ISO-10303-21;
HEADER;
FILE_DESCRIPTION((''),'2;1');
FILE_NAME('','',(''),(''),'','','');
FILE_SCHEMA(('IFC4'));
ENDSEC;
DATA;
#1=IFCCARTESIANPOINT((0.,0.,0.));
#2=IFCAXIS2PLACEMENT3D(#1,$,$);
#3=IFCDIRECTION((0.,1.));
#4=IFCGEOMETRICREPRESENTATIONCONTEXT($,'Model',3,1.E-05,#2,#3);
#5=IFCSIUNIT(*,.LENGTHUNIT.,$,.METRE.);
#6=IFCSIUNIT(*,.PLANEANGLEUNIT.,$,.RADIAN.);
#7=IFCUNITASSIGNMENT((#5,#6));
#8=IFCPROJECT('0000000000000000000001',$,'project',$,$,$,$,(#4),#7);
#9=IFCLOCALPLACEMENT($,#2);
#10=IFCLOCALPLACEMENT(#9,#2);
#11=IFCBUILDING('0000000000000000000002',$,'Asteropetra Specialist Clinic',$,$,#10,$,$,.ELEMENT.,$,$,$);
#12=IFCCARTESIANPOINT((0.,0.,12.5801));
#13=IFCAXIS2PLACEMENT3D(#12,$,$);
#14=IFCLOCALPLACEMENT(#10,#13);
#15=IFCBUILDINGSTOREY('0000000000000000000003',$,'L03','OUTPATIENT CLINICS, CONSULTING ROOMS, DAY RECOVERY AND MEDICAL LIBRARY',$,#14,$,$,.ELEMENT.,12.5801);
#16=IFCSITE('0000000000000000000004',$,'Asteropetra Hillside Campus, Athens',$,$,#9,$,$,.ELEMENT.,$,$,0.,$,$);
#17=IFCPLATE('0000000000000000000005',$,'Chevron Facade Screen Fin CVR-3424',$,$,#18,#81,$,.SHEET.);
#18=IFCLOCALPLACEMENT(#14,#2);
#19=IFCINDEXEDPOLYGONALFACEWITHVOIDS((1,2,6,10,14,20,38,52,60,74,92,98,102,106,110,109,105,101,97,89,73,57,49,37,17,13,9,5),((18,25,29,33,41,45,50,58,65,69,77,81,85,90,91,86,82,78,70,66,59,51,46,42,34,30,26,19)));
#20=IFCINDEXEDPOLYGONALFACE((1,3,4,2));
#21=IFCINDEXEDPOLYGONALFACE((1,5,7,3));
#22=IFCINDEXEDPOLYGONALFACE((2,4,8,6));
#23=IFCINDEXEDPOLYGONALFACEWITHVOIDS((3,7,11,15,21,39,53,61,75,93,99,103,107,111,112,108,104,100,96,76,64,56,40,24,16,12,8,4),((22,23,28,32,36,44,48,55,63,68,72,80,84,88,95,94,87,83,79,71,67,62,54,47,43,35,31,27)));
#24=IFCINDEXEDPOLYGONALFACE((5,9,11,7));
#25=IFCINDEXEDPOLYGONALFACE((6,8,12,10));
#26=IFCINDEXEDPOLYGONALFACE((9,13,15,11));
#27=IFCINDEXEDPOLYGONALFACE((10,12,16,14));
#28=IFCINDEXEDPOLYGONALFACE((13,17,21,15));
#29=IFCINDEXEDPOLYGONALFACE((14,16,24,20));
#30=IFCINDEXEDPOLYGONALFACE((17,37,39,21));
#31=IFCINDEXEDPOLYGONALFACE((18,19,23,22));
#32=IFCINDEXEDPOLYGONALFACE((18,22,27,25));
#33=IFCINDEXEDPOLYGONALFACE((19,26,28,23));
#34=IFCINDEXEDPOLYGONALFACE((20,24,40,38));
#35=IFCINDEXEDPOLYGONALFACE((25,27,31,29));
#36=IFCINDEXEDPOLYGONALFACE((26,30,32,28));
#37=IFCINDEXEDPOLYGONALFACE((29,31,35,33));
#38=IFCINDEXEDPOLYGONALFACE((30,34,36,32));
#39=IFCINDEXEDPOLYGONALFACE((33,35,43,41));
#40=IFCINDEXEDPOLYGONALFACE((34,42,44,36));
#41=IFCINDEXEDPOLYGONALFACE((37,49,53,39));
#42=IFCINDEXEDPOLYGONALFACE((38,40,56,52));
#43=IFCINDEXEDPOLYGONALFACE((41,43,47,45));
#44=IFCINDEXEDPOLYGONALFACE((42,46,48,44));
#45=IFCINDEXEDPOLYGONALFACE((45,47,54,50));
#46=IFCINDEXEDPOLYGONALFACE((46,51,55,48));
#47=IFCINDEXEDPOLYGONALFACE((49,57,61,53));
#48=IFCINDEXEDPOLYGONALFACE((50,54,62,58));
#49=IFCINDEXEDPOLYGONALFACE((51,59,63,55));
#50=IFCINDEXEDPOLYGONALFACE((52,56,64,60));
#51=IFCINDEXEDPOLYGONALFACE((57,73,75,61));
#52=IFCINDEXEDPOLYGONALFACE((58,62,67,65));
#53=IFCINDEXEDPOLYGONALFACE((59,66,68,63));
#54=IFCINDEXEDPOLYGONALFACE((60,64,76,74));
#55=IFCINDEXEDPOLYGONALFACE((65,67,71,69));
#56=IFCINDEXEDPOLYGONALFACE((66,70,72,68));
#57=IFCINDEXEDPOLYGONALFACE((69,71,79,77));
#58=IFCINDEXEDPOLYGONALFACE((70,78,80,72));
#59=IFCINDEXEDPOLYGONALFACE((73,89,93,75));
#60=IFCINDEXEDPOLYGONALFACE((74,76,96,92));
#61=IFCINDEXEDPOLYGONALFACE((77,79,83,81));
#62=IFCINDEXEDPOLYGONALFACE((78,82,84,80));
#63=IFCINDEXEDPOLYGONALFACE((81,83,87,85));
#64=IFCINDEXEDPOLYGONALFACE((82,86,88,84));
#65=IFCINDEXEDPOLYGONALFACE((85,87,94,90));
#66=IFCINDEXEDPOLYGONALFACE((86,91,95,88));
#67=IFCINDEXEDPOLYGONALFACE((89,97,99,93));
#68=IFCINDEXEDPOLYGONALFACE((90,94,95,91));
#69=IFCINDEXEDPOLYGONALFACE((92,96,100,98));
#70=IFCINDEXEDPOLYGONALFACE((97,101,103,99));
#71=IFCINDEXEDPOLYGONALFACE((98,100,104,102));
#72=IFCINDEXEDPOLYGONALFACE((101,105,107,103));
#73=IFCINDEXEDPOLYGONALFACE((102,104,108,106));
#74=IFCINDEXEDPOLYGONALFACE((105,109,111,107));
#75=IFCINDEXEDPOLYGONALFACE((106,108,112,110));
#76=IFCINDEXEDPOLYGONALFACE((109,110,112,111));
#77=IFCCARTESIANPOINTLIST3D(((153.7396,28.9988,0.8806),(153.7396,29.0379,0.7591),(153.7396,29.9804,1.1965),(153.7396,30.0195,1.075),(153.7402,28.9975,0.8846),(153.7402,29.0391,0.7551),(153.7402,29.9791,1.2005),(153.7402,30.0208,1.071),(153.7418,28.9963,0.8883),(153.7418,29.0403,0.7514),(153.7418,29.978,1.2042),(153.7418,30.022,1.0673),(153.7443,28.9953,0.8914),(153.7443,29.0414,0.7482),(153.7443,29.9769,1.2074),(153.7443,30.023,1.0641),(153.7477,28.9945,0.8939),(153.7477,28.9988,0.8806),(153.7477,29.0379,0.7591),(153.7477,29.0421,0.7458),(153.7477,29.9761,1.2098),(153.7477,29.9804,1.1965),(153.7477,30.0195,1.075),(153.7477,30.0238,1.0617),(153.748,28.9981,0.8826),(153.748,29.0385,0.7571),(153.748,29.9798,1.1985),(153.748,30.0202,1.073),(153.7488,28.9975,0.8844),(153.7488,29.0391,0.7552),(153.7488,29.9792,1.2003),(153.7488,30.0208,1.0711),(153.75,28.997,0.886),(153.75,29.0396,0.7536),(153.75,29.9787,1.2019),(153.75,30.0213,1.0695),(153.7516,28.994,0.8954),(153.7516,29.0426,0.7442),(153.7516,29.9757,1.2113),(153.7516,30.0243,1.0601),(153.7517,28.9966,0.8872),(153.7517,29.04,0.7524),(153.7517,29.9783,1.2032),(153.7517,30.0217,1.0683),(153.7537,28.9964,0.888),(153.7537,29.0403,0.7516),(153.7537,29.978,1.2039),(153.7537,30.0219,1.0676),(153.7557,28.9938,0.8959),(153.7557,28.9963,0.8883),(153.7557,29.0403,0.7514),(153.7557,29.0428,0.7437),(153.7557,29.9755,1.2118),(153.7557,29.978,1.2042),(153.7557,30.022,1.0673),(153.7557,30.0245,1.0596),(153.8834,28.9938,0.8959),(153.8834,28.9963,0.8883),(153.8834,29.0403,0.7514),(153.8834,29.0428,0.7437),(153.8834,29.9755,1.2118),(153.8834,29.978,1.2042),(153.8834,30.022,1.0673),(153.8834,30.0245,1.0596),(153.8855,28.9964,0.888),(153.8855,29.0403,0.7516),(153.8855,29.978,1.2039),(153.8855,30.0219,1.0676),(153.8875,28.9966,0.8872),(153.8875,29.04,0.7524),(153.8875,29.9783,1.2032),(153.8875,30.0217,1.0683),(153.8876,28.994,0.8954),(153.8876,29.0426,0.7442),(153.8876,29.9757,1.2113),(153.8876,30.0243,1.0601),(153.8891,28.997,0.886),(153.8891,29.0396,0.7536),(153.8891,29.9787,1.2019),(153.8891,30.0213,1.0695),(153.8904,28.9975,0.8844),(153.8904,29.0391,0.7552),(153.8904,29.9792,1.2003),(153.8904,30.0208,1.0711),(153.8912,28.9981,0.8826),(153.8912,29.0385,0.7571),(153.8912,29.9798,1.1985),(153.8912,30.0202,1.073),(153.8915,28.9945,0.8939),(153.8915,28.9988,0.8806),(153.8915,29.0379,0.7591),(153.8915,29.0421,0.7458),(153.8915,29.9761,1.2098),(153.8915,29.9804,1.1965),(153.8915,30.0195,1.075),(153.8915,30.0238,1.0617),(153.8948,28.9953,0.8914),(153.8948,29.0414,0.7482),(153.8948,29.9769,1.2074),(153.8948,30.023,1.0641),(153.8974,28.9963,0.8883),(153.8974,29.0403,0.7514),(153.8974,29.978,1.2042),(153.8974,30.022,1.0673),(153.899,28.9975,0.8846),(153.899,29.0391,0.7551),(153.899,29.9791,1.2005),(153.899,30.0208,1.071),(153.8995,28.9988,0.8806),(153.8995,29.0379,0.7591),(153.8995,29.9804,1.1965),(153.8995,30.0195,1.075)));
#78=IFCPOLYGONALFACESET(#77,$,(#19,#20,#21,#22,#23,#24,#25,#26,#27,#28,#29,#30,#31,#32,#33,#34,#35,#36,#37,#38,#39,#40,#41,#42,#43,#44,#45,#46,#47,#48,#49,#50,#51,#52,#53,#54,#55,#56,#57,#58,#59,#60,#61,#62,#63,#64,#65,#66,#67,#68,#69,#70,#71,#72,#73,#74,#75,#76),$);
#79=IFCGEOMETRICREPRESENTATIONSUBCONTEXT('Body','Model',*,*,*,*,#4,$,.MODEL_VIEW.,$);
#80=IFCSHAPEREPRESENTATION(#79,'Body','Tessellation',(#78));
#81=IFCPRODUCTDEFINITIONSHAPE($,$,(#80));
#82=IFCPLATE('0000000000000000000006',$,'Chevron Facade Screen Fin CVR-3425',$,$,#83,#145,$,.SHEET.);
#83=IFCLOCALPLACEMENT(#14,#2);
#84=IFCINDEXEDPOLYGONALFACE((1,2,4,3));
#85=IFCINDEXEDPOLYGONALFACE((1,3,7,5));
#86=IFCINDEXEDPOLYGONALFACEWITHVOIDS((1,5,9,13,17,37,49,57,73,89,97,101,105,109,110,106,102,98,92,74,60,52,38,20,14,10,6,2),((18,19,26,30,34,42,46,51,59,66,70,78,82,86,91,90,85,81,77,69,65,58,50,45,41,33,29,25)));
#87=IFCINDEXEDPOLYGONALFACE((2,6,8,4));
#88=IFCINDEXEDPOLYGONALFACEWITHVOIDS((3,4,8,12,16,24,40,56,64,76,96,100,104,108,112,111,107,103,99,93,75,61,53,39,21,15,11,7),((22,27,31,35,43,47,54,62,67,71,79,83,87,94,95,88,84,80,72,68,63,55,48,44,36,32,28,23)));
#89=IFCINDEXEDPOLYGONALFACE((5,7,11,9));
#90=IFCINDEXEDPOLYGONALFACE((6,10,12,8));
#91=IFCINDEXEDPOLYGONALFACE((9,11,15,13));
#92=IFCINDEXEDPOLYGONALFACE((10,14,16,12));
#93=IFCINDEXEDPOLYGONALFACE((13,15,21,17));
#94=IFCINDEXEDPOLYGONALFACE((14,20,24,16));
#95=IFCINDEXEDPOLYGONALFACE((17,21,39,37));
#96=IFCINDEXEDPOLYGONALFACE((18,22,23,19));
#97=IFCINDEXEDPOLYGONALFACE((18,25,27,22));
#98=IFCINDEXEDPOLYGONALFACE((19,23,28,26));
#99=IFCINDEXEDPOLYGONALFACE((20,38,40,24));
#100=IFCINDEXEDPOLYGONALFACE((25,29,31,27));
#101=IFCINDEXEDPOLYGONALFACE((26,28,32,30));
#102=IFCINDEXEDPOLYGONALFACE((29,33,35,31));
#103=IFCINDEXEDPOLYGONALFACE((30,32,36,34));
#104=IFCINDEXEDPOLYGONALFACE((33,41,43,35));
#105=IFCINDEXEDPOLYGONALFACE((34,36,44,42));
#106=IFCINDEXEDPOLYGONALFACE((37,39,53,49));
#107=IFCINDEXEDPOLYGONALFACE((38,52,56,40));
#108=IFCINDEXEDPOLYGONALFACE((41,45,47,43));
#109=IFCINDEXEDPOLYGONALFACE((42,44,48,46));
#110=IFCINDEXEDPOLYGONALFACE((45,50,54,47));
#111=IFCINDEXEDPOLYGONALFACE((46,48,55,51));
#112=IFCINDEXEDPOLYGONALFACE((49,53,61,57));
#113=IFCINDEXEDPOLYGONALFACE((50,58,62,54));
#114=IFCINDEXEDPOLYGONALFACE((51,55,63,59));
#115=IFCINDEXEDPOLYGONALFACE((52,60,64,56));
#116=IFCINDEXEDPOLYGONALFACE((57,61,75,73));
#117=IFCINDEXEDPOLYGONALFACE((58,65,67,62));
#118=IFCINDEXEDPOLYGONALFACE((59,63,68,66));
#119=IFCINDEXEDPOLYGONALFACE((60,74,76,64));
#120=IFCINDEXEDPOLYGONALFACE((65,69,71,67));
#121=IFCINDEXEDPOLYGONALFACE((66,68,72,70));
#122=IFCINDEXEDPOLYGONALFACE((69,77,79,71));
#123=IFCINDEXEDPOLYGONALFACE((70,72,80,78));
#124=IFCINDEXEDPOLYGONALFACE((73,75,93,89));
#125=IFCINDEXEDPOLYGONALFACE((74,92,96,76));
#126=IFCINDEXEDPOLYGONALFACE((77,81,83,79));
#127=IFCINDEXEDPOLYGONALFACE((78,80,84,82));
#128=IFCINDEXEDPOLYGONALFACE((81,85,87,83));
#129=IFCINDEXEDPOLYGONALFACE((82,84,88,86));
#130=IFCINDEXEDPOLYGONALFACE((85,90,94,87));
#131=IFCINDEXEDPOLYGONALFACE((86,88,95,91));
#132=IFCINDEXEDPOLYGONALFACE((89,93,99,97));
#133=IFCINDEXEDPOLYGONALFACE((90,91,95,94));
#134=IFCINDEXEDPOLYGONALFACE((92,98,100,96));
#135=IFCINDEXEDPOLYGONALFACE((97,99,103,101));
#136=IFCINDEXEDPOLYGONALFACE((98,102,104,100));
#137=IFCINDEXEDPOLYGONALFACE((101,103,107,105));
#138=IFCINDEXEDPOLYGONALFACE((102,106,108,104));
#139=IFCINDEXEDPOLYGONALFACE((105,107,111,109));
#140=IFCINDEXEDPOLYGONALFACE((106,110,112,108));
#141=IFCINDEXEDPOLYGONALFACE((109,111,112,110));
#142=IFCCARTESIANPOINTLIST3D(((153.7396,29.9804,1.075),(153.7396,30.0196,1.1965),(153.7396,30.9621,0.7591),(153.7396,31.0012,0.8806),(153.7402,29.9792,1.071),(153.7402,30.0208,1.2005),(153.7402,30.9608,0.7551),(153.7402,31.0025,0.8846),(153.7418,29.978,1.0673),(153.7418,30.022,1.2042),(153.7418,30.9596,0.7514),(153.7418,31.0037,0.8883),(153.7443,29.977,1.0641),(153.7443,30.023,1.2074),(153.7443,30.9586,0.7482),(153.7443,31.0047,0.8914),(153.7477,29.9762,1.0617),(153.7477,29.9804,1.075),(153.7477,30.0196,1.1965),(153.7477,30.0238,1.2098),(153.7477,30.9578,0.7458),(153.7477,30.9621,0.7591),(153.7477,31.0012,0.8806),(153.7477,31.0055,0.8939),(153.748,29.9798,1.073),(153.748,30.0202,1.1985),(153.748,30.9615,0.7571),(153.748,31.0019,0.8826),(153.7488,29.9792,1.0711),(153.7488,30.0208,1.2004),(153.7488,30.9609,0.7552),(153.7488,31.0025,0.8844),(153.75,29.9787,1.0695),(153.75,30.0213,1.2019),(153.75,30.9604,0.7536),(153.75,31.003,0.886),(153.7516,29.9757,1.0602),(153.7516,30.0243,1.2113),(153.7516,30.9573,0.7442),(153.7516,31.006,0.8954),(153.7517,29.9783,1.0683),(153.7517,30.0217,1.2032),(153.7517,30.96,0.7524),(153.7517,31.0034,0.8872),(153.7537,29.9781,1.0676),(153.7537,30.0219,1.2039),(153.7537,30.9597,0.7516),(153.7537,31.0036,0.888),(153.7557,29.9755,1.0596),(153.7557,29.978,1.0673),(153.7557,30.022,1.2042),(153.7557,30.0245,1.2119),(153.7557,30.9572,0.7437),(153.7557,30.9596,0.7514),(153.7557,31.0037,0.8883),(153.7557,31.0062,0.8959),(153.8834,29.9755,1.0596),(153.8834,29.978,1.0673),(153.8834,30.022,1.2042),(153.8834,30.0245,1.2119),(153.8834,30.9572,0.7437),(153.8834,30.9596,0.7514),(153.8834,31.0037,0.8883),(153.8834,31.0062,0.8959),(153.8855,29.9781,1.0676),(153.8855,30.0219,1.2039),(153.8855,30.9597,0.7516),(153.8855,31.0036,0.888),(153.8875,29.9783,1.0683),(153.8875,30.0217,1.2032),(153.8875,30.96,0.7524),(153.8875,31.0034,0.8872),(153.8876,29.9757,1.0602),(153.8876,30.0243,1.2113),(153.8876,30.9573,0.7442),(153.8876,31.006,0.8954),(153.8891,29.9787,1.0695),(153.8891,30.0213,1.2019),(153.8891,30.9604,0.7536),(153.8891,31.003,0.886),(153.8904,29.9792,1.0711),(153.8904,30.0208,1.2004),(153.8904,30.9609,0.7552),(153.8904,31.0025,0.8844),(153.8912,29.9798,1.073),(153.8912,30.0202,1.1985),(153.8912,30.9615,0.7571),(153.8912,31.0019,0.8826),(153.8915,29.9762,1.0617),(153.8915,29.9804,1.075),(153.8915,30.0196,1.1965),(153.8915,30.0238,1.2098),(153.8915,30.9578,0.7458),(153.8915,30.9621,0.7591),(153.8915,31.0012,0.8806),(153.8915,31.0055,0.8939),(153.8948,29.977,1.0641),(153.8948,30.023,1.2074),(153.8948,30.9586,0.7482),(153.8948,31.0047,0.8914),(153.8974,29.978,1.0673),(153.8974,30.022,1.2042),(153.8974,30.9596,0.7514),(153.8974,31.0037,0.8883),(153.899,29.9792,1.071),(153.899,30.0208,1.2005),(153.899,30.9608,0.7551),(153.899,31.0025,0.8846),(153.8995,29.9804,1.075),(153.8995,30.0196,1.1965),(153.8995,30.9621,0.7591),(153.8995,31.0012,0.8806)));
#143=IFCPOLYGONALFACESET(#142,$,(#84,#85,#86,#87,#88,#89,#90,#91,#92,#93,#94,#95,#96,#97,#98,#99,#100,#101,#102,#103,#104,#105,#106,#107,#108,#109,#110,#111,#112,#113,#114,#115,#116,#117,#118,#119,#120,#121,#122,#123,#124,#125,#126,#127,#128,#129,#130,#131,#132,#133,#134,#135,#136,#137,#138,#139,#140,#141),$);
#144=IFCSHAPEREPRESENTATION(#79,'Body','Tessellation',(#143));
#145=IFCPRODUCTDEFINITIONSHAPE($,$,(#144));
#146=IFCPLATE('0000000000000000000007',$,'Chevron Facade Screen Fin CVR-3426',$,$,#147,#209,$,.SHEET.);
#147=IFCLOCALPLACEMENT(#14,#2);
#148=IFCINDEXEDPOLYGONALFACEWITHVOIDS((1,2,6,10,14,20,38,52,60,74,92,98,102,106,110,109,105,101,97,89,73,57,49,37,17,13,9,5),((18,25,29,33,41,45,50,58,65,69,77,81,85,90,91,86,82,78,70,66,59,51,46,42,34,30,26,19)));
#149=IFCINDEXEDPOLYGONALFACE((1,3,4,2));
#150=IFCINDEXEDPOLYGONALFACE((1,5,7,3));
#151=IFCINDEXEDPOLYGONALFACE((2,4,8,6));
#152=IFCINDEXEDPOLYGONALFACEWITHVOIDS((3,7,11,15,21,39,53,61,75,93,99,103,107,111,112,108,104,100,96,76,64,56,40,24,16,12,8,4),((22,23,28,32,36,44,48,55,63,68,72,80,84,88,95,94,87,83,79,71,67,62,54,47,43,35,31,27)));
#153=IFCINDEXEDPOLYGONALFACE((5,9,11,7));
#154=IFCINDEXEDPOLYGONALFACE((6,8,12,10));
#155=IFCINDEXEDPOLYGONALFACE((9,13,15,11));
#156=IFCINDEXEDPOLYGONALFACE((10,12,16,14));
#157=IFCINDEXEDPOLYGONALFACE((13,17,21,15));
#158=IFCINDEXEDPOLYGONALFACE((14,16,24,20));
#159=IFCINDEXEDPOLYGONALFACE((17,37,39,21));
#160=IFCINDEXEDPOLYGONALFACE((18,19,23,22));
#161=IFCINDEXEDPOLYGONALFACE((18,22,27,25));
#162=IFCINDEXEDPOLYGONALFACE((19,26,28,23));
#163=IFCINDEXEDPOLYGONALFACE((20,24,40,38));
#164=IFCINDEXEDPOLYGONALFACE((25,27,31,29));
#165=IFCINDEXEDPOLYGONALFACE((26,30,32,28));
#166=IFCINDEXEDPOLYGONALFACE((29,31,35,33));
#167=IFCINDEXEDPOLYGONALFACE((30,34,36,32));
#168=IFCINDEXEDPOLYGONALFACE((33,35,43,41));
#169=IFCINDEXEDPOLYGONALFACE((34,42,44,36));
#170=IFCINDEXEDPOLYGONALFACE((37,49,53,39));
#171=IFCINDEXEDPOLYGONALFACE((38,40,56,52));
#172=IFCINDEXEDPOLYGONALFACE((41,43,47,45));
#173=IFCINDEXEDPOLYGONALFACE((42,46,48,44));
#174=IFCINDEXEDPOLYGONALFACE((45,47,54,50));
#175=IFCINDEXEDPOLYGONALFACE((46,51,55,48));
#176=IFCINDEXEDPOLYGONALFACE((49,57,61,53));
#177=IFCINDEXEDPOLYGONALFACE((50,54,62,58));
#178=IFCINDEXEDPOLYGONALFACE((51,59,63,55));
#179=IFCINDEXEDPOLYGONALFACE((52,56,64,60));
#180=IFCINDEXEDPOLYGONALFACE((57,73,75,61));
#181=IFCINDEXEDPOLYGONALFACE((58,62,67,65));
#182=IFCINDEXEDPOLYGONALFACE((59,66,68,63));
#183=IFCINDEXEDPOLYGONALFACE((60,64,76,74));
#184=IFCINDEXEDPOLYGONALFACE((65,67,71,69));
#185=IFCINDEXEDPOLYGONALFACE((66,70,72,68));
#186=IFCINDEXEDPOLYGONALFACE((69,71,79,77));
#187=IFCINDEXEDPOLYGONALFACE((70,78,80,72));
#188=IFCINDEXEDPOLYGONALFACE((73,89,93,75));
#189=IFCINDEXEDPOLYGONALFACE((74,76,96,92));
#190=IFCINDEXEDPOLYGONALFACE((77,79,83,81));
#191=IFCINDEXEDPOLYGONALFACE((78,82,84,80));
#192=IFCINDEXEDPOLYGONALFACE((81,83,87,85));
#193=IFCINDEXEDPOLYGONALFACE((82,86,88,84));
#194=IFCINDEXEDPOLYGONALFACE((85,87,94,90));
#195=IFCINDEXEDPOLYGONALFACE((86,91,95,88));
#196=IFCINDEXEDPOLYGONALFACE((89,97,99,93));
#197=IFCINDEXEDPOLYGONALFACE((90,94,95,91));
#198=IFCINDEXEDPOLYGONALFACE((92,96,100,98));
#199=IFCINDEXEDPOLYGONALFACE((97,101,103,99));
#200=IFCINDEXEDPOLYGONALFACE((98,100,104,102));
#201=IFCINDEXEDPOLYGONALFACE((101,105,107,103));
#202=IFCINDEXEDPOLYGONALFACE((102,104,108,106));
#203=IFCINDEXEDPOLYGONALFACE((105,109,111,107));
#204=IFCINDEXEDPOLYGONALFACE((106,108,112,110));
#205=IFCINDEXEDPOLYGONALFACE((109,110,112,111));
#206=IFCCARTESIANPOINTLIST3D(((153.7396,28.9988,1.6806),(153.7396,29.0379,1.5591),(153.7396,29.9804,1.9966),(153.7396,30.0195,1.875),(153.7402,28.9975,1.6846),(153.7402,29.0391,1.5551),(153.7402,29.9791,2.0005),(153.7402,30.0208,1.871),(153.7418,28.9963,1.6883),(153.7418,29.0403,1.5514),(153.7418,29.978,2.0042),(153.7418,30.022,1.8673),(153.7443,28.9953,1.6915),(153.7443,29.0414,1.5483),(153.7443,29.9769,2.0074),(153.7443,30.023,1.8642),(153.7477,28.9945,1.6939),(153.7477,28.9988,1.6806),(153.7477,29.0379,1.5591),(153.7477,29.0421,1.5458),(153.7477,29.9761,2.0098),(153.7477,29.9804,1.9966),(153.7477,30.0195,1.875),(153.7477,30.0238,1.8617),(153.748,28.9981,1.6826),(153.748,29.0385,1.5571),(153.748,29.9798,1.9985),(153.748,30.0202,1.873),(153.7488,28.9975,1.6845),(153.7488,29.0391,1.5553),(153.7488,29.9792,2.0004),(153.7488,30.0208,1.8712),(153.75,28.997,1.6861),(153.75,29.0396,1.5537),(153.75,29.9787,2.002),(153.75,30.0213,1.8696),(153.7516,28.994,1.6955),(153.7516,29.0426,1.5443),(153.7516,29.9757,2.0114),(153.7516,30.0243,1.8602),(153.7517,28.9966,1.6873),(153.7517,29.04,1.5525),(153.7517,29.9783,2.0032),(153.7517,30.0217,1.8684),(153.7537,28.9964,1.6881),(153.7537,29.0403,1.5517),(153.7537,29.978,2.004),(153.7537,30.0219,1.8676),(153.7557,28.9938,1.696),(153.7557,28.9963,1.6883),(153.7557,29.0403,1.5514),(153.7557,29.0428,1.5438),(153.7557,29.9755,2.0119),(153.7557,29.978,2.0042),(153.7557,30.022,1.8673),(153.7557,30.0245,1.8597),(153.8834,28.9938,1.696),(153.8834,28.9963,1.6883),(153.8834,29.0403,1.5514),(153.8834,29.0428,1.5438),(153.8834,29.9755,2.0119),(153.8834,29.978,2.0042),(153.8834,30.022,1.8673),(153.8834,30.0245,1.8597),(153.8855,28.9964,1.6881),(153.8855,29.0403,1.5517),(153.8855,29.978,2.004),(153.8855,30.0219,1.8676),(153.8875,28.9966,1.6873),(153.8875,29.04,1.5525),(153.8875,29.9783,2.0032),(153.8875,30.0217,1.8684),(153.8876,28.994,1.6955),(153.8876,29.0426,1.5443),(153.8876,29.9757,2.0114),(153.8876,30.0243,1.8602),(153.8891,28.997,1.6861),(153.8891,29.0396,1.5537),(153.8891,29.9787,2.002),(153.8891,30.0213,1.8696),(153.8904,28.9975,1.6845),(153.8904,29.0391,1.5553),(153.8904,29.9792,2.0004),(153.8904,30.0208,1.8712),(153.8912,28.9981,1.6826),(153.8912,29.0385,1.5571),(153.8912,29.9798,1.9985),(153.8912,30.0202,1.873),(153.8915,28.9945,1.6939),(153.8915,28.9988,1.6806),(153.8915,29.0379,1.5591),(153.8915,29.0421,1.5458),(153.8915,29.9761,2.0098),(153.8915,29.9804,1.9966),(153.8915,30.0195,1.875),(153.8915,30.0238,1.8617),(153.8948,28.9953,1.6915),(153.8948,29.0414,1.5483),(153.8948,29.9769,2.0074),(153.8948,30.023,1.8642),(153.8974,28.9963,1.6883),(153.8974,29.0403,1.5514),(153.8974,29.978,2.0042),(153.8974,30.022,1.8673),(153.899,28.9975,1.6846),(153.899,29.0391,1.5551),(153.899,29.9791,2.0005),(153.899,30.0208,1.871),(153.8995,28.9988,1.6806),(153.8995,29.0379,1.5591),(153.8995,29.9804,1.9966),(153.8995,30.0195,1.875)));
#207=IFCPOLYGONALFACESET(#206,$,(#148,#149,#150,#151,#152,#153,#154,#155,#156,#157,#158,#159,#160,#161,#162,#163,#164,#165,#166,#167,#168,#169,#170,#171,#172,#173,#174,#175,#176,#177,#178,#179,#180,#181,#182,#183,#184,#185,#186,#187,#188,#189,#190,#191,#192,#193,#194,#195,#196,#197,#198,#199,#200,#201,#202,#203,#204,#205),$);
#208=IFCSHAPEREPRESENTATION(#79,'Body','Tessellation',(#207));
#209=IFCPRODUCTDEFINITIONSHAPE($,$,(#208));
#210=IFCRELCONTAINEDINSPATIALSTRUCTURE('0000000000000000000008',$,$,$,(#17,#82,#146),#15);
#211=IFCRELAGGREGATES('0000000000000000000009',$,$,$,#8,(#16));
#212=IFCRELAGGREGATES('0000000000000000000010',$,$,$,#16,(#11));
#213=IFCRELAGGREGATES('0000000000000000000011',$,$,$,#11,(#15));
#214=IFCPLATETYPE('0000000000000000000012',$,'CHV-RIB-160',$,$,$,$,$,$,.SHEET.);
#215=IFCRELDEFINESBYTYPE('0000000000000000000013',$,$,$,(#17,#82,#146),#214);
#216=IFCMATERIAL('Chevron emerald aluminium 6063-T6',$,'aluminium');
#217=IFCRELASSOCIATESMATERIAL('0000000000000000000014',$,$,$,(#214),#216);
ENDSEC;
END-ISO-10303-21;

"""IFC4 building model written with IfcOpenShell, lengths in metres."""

from ifc_helpers import new_model, si_unit, direction, frame, origin, origin_2d, place, context, subcontext, project, spatial, hollow_rectangle, extrude, material, material_profile, profile_set, type_object, element, save


model = new_model("IFC4")

# Units and contexts
model_context = context("Model", 3, precision=1e-05, world=origin(), true_north=direction((0.0, 1.0)))
body_context = subcontext(model_context, "Body", "Model", "MODEL_VIEW")
ifc_project = project(units=[si_unit("LENGTHUNIT", "METRE"), si_unit("PLANEANGLEUNIT", "RADIAN")], contexts=[model_context])

# Site, building, storey
site_placement = place(None, origin())
site = spatial("IfcSite", under=ifc_project, at=site_placement, Name="Asteropetra Hillside Campus, Athens", CompositionType="ELEMENT", RefElevation=0.0)
building_placement = place(site_placement, origin())
building = spatial("IfcBuilding", under=site, at=building_placement, Name="Asteropetra Specialist Clinic", CompositionType="ELEMENT")
storey_placement = place(building_placement, frame((0.0, 0.0, 12.5801)))
storey = spatial("IfcBuildingStorey", under=building, at=storey_placement, Name="L03", Description="OUTPATIENT CLINICS, CONSULTING ROOMS, DAY RECOVERY AND MEDICAL LIBRARY", CompositionType="ELEMENT", Elevation=12.5801)

# Plates
ifc_material_1 = material(Name="Chevron emerald aluminium 6063-T6", Category="aluminium")
ifc_material_profile = material_profile(ifc_material_1, hollow_rectangle(XDim=0.1599, YDim=0.1599, WallThickness=0.0081, InnerFilletRadius=0.0081, OuterFilletRadius=0.0161, at=origin_2d()), Name="SHS 160x160x8.0")
ifc_profile_set = profile_set([ifc_material_profile], Name="Chevron emerald aluminium 6063-T6")
plate_type_1 = type_object("IfcPlateType", Name="CHV-RIB-160", PredefinedType="SHEET", material=ifc_profile_set)
for number, where, z_axis, x_axis, name in (
    (1, (153.8196, 29.0183, 0.8198), (0.0, 0.951923, 0.306339), (-1.0, 0.0, 0.0), "Chevron Facade Screen Fin CVR-3424"),
    (2, (153.8196, 30.0, 1.1357), (0.0, 0.951923, -0.306339), (-1.0, 0.0, 0.0), "Chevron Facade Screen Fin CVR-3425"),
    (3, (153.8196, 29.0183, 1.6199), (0.0, 0.951923, 0.306339), (-1.0, 0.0, 0.0), "Chevron Facade Screen Fin CVR-3426"),
):
    element("IfcPlate", number, at=place(storey_placement, frame(where, z_axis=z_axis, x_axis=x_axis)), inside=storey, type_object=plate_type_1, Name=name, PredefinedType="SHEET", context=body_context, shape_type="SweptSolid", body=[
        extrude(hollow_rectangle(XDim=0.1599, YDim=0.1599, WallThickness=0.0081, InnerFilletRadius=0.0081, OuterFilletRadius=0.0161, at=origin_2d()), origin(), (0.0, 0.0, 1.0), 1.0312),
    ])

save(model, "model.ifc")
